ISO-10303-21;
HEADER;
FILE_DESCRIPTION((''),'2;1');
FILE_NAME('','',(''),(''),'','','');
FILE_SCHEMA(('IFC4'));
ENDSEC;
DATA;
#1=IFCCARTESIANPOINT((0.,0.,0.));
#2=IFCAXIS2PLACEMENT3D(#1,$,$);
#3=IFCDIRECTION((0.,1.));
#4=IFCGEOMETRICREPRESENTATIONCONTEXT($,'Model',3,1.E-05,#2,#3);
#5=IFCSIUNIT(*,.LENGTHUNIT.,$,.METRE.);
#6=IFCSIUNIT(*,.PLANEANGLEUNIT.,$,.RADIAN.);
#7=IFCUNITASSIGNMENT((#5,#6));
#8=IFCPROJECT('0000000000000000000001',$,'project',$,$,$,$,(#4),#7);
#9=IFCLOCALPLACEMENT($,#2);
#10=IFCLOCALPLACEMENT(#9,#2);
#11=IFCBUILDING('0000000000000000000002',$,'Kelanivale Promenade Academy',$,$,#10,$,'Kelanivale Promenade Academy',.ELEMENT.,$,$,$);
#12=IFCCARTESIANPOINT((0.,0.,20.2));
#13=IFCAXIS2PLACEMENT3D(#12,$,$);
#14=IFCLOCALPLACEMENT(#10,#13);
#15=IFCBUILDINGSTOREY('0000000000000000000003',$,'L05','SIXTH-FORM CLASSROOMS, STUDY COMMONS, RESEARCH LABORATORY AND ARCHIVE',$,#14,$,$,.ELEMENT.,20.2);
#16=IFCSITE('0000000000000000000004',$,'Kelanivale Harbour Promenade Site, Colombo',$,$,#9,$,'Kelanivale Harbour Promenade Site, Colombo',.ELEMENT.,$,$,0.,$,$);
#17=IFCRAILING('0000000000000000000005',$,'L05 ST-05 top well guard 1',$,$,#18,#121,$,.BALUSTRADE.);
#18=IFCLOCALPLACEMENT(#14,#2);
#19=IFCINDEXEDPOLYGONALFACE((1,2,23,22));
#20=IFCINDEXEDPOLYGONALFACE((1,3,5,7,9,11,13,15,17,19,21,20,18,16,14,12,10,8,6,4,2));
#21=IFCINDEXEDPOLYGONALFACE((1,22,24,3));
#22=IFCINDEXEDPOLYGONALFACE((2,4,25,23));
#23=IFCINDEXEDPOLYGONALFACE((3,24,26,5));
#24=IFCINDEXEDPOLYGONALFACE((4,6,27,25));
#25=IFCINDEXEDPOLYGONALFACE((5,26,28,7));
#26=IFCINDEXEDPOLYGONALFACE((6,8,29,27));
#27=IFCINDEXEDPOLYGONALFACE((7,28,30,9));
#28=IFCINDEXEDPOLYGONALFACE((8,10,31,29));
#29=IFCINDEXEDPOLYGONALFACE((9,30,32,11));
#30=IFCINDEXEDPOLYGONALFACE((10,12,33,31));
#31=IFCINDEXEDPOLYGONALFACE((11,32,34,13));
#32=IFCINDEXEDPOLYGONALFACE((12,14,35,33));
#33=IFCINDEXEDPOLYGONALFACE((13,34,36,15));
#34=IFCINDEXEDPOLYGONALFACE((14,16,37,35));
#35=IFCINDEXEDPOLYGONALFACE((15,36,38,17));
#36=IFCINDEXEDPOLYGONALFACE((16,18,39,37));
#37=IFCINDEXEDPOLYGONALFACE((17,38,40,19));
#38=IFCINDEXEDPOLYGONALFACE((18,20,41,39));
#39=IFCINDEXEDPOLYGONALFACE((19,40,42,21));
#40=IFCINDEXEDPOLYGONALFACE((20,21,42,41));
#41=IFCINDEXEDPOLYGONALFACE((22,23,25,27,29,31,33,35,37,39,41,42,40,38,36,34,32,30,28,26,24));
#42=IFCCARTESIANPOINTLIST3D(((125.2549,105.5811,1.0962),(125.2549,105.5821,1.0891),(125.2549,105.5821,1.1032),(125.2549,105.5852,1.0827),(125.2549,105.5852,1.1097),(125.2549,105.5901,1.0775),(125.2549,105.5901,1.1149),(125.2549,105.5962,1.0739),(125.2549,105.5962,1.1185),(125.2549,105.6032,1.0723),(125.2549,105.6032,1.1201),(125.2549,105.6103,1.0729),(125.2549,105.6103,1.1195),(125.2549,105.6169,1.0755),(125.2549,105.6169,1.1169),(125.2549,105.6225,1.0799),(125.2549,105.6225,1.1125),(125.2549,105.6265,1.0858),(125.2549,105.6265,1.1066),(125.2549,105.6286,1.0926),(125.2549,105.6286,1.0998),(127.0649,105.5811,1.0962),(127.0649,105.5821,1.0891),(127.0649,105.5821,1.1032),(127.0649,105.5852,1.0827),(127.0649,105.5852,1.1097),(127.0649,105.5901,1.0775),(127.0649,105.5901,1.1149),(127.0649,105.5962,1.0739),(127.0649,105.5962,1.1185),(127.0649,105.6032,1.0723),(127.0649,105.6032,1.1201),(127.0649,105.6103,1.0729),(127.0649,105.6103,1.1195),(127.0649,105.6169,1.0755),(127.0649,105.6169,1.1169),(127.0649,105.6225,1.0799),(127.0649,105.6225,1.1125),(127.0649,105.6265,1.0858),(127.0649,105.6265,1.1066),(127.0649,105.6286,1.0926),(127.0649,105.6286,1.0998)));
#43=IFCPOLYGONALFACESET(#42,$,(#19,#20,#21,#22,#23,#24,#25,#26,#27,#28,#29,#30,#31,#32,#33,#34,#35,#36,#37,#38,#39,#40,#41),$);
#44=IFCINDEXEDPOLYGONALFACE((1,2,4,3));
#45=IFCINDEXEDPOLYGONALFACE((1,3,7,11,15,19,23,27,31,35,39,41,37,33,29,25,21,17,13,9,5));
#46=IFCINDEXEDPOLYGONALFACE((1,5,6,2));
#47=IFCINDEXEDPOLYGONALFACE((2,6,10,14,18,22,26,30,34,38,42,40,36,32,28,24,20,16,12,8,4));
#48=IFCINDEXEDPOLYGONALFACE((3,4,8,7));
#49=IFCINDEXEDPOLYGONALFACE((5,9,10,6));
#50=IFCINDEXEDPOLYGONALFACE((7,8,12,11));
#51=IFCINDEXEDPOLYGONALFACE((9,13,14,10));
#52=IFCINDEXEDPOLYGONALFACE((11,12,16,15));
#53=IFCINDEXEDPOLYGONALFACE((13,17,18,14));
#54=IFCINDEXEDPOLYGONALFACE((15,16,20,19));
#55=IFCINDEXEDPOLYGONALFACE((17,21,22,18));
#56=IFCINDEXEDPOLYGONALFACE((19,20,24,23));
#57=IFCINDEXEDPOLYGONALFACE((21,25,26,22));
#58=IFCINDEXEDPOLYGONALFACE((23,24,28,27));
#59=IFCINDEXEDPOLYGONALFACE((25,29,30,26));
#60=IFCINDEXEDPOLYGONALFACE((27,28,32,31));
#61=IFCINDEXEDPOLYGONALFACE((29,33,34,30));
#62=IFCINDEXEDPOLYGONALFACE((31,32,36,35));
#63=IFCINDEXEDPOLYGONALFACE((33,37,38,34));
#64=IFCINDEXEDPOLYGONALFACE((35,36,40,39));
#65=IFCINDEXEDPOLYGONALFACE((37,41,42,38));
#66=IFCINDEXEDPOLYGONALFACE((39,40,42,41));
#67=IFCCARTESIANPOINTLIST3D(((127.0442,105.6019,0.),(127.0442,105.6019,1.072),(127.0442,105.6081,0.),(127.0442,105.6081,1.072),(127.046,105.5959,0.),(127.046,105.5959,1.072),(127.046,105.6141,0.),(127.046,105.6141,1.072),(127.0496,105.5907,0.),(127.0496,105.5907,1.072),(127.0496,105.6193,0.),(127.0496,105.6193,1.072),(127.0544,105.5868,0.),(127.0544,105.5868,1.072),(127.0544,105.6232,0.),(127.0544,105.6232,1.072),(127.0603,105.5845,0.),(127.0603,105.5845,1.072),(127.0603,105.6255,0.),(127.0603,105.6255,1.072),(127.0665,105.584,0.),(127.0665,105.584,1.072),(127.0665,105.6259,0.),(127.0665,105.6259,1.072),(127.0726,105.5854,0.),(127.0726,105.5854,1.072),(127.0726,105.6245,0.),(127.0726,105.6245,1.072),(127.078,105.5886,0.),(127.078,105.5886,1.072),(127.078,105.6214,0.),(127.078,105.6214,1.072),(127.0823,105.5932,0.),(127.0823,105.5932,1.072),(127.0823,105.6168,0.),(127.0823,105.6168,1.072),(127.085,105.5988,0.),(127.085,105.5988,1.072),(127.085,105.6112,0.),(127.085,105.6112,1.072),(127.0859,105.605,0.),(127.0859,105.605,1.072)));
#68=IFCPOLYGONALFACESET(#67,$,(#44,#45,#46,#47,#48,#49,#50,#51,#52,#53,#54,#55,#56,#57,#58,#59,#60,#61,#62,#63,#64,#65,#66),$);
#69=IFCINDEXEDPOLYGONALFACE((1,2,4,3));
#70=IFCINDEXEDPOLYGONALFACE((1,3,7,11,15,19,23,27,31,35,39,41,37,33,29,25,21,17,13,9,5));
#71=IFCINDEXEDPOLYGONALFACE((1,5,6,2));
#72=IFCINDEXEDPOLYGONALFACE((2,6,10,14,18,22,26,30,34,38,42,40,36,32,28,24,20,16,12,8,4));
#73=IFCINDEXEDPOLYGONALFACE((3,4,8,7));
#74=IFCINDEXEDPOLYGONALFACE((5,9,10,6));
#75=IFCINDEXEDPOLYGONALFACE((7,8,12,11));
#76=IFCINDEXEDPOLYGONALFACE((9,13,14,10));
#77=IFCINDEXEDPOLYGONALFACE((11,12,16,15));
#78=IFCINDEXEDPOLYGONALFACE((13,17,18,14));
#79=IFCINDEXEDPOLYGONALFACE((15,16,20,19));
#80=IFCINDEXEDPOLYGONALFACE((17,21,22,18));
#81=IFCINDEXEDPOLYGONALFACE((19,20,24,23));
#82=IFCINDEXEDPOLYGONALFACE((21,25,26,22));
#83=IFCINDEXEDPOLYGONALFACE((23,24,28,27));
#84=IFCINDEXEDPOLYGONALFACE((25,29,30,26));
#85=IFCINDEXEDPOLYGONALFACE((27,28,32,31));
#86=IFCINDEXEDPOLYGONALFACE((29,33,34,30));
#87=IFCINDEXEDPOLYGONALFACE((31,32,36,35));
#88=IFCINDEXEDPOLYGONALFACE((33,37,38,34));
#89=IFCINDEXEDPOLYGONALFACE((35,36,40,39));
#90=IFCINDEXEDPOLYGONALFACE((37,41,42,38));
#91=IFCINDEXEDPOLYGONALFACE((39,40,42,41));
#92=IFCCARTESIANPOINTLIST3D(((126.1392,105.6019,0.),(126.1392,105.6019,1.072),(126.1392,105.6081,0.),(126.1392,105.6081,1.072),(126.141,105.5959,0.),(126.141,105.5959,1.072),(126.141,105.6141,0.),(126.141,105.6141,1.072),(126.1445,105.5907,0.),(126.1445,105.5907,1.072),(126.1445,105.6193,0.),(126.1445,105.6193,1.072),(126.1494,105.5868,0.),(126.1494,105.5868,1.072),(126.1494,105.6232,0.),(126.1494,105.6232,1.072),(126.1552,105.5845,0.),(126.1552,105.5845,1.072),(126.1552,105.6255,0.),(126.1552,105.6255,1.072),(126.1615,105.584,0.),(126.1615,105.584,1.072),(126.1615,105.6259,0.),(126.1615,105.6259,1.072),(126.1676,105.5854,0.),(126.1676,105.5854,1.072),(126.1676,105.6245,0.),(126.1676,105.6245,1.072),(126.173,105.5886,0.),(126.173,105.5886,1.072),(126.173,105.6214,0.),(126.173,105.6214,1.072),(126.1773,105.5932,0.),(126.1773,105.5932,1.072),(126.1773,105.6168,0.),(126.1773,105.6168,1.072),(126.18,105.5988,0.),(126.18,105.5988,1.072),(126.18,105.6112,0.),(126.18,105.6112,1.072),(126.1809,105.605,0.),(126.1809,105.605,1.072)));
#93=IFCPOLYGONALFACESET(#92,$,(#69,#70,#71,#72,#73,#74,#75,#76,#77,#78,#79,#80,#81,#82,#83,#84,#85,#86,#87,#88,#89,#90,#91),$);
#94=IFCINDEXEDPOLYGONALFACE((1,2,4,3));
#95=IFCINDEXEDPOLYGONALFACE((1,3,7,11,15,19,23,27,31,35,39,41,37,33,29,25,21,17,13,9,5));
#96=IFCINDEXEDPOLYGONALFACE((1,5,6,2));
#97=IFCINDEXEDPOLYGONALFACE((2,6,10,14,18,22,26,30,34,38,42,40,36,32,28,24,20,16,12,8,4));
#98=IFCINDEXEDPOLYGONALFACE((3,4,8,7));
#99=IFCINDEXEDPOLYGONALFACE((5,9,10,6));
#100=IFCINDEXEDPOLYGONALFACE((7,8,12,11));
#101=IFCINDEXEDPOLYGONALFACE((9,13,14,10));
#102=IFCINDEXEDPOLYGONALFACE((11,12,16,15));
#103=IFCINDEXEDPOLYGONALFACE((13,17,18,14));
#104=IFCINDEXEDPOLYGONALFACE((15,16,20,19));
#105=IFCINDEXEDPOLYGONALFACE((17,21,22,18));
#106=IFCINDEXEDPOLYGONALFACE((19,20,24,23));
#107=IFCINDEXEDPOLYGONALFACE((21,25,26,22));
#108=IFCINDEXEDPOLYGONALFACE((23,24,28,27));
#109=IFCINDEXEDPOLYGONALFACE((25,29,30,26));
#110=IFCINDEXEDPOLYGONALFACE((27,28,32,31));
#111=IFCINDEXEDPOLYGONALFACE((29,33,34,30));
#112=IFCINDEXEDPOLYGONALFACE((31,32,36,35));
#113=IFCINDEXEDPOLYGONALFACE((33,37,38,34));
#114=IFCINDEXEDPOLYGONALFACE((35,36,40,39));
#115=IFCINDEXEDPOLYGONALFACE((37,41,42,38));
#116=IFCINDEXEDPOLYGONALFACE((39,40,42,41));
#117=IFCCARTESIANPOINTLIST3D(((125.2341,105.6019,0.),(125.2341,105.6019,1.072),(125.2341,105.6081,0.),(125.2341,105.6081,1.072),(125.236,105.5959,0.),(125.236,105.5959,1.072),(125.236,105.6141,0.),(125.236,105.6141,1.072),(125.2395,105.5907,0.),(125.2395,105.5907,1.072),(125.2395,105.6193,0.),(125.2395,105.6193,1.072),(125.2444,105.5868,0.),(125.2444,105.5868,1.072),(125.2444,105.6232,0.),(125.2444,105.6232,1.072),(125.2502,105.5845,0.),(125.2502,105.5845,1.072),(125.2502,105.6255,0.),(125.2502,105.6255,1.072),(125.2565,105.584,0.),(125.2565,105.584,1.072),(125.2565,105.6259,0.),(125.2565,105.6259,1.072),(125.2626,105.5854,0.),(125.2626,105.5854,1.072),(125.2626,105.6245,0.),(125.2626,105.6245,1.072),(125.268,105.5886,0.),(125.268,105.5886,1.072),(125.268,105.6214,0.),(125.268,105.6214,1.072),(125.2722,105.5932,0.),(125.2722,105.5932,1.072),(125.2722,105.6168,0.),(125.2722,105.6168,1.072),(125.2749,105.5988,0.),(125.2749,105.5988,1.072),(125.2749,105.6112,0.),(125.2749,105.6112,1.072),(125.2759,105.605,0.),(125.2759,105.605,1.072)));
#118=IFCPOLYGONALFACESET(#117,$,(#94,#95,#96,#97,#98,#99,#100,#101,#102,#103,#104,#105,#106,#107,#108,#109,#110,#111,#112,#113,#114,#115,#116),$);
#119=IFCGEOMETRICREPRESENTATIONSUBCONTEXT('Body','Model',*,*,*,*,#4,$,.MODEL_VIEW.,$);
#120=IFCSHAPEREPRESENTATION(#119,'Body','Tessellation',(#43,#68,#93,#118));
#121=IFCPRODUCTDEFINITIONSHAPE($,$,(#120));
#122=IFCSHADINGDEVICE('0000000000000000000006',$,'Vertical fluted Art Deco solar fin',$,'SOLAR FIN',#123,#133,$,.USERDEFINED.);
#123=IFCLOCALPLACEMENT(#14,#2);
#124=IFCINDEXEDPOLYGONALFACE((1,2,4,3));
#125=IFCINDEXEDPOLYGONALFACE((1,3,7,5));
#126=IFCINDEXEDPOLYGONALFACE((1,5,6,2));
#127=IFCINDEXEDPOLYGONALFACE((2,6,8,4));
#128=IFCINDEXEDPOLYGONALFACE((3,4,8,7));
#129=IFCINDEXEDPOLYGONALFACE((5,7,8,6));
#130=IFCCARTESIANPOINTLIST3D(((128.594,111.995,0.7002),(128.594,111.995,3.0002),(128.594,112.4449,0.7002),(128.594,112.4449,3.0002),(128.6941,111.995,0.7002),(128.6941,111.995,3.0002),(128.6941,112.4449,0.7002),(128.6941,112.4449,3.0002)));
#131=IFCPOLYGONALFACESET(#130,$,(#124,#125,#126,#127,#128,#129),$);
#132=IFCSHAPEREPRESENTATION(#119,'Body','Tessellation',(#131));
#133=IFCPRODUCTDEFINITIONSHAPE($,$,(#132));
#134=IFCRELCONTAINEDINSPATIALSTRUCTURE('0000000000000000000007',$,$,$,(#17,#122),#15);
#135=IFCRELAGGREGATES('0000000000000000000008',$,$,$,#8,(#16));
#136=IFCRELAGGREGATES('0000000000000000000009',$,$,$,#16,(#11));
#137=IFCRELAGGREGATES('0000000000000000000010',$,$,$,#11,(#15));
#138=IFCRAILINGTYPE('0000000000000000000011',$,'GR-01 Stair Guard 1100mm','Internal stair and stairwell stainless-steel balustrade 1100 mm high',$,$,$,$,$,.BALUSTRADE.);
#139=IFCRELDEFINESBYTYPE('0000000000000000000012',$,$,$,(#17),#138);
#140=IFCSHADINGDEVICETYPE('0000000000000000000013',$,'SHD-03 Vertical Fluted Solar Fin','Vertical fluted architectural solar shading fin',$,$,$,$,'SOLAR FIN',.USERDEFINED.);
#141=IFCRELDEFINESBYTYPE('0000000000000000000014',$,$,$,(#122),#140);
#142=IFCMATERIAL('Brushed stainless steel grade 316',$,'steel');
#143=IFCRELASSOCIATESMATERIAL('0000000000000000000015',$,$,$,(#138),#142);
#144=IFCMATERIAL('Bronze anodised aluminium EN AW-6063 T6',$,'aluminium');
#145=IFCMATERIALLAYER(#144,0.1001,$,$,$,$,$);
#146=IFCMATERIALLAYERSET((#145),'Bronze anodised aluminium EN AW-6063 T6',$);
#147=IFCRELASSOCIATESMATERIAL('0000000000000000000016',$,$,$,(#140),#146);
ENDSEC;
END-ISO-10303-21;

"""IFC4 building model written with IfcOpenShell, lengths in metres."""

from ifc_helpers import new_model, si_unit, direction, frame, origin, origin_2d, place, context, subcontext, project, spatial, rectangle, circle, extrude, material, layer, layer_set, type_object, element, save


model = new_model("IFC4")

# Units and contexts
model_context = context("Model", 3, precision=1e-05, world=origin(), true_north=direction((0.0, 1.0)))
body_context = subcontext(model_context, "Body", "Model", "MODEL_VIEW")
ifc_project = project(units=[si_unit("LENGTHUNIT", "METRE"), si_unit("PLANEANGLEUNIT", "RADIAN")], contexts=[model_context])

# Site, building, storey
site_placement = place(None, origin())
site = spatial("IfcSite", under=ifc_project, at=site_placement, Name="Kelanivale Harbour Promenade Site, Colombo", LongName="Kelanivale Harbour Promenade Site, Colombo", CompositionType="ELEMENT", RefElevation=0.0)
building_placement = place(site_placement, origin())
building = spatial("IfcBuilding", under=site, at=building_placement, Name="Kelanivale Promenade Academy", LongName="Kelanivale Promenade Academy", CompositionType="ELEMENT")
storey_placement = place(building_placement, frame((0.0, 0.0, 20.2)))
storey = spatial("IfcBuildingStorey", under=building, at=storey_placement, Name="L05", Description="SIXTH-FORM CLASSROOMS, STUDY COMMONS, RESEARCH LABORATORY AND ARCHIVE", CompositionType="ELEMENT", Elevation=20.2)

# Railing
ifc_material_1 = material(Name="Brushed stainless steel grade 316", Category="steel")
railing_type = type_object("IfcRailingType", Name="GR-01 Stair Guard 1100mm", Description="Internal stair and stairwell stainless-steel balustrade 1100 mm high", PredefinedType="BALUSTRADE", material=ifc_material_1)
railing_placement = place(storey_placement, frame((127.0649, 105.605, 0.0)))
element("IfcRailing", 1, at=railing_placement, inside=storey, type_object=railing_type, Name="L05 ST-05 top well guard 1", PredefinedType="BALUSTRADE", context=body_context, shape_type="SweptSolid", body=[
    extrude(circle(Radius=0.0239, at=origin_2d()), frame((0.0, 0.0, 1.0962), z_axis=(-1.0, 0.0, 0.0), x_axis=(0.0, -1.0, 0.0)), (0.0, 0.0, 1.0), 1.8101),
    extrude(circle(Radius=0.021, at=origin_2d()), origin(), (0.0, 0.0, 1.0), 1.072),
    extrude(circle(Radius=0.021, at=origin_2d()), frame((-0.905, 0.0, 0.0)), (0.0, 0.0, 1.0), 1.072),
    extrude(circle(Radius=0.021, at=origin_2d()), frame((-1.8101, 0.0, 0.0)), (0.0, 0.0, 1.0), 1.072),
])

# Shading device
ifc_material_2 = material(Name="Bronze anodised aluminium EN AW-6063 T6", Category="aluminium")
ifc_layer_1 = layer(ifc_material_2, 0.1001)
ifc_layer_set_1 = layer_set([ifc_layer_1], Name="Bronze anodised aluminium EN AW-6063 T6")
shading_device_type = type_object("IfcShadingDeviceType", Name="SHD-03 Vertical Fluted Solar Fin", Description="Vertical fluted architectural solar shading fin", ElementType="SOLAR FIN", PredefinedType="USERDEFINED", material=ifc_layer_set_1)
shading_device_placement = place(storey_placement, frame((128.644, 112.22, 0.7002), z_axis=(0.0, 0.0, 1.0), x_axis=(-1.0, 0.0, 0.0)))
element("IfcShadingDevice", 2, at=shading_device_placement, inside=storey, type_object=shading_device_type, Name="Vertical fluted Art Deco solar fin", ObjectType="SOLAR FIN", PredefinedType="USERDEFINED", context=body_context, shape_type="SweptSolid", body=[
    extrude(rectangle(XDim=0.1001, YDim=0.45, at=origin_2d()), origin(), (0.0, 0.0, 1.0), 2.3),
])

save(model, "model.ifc")
